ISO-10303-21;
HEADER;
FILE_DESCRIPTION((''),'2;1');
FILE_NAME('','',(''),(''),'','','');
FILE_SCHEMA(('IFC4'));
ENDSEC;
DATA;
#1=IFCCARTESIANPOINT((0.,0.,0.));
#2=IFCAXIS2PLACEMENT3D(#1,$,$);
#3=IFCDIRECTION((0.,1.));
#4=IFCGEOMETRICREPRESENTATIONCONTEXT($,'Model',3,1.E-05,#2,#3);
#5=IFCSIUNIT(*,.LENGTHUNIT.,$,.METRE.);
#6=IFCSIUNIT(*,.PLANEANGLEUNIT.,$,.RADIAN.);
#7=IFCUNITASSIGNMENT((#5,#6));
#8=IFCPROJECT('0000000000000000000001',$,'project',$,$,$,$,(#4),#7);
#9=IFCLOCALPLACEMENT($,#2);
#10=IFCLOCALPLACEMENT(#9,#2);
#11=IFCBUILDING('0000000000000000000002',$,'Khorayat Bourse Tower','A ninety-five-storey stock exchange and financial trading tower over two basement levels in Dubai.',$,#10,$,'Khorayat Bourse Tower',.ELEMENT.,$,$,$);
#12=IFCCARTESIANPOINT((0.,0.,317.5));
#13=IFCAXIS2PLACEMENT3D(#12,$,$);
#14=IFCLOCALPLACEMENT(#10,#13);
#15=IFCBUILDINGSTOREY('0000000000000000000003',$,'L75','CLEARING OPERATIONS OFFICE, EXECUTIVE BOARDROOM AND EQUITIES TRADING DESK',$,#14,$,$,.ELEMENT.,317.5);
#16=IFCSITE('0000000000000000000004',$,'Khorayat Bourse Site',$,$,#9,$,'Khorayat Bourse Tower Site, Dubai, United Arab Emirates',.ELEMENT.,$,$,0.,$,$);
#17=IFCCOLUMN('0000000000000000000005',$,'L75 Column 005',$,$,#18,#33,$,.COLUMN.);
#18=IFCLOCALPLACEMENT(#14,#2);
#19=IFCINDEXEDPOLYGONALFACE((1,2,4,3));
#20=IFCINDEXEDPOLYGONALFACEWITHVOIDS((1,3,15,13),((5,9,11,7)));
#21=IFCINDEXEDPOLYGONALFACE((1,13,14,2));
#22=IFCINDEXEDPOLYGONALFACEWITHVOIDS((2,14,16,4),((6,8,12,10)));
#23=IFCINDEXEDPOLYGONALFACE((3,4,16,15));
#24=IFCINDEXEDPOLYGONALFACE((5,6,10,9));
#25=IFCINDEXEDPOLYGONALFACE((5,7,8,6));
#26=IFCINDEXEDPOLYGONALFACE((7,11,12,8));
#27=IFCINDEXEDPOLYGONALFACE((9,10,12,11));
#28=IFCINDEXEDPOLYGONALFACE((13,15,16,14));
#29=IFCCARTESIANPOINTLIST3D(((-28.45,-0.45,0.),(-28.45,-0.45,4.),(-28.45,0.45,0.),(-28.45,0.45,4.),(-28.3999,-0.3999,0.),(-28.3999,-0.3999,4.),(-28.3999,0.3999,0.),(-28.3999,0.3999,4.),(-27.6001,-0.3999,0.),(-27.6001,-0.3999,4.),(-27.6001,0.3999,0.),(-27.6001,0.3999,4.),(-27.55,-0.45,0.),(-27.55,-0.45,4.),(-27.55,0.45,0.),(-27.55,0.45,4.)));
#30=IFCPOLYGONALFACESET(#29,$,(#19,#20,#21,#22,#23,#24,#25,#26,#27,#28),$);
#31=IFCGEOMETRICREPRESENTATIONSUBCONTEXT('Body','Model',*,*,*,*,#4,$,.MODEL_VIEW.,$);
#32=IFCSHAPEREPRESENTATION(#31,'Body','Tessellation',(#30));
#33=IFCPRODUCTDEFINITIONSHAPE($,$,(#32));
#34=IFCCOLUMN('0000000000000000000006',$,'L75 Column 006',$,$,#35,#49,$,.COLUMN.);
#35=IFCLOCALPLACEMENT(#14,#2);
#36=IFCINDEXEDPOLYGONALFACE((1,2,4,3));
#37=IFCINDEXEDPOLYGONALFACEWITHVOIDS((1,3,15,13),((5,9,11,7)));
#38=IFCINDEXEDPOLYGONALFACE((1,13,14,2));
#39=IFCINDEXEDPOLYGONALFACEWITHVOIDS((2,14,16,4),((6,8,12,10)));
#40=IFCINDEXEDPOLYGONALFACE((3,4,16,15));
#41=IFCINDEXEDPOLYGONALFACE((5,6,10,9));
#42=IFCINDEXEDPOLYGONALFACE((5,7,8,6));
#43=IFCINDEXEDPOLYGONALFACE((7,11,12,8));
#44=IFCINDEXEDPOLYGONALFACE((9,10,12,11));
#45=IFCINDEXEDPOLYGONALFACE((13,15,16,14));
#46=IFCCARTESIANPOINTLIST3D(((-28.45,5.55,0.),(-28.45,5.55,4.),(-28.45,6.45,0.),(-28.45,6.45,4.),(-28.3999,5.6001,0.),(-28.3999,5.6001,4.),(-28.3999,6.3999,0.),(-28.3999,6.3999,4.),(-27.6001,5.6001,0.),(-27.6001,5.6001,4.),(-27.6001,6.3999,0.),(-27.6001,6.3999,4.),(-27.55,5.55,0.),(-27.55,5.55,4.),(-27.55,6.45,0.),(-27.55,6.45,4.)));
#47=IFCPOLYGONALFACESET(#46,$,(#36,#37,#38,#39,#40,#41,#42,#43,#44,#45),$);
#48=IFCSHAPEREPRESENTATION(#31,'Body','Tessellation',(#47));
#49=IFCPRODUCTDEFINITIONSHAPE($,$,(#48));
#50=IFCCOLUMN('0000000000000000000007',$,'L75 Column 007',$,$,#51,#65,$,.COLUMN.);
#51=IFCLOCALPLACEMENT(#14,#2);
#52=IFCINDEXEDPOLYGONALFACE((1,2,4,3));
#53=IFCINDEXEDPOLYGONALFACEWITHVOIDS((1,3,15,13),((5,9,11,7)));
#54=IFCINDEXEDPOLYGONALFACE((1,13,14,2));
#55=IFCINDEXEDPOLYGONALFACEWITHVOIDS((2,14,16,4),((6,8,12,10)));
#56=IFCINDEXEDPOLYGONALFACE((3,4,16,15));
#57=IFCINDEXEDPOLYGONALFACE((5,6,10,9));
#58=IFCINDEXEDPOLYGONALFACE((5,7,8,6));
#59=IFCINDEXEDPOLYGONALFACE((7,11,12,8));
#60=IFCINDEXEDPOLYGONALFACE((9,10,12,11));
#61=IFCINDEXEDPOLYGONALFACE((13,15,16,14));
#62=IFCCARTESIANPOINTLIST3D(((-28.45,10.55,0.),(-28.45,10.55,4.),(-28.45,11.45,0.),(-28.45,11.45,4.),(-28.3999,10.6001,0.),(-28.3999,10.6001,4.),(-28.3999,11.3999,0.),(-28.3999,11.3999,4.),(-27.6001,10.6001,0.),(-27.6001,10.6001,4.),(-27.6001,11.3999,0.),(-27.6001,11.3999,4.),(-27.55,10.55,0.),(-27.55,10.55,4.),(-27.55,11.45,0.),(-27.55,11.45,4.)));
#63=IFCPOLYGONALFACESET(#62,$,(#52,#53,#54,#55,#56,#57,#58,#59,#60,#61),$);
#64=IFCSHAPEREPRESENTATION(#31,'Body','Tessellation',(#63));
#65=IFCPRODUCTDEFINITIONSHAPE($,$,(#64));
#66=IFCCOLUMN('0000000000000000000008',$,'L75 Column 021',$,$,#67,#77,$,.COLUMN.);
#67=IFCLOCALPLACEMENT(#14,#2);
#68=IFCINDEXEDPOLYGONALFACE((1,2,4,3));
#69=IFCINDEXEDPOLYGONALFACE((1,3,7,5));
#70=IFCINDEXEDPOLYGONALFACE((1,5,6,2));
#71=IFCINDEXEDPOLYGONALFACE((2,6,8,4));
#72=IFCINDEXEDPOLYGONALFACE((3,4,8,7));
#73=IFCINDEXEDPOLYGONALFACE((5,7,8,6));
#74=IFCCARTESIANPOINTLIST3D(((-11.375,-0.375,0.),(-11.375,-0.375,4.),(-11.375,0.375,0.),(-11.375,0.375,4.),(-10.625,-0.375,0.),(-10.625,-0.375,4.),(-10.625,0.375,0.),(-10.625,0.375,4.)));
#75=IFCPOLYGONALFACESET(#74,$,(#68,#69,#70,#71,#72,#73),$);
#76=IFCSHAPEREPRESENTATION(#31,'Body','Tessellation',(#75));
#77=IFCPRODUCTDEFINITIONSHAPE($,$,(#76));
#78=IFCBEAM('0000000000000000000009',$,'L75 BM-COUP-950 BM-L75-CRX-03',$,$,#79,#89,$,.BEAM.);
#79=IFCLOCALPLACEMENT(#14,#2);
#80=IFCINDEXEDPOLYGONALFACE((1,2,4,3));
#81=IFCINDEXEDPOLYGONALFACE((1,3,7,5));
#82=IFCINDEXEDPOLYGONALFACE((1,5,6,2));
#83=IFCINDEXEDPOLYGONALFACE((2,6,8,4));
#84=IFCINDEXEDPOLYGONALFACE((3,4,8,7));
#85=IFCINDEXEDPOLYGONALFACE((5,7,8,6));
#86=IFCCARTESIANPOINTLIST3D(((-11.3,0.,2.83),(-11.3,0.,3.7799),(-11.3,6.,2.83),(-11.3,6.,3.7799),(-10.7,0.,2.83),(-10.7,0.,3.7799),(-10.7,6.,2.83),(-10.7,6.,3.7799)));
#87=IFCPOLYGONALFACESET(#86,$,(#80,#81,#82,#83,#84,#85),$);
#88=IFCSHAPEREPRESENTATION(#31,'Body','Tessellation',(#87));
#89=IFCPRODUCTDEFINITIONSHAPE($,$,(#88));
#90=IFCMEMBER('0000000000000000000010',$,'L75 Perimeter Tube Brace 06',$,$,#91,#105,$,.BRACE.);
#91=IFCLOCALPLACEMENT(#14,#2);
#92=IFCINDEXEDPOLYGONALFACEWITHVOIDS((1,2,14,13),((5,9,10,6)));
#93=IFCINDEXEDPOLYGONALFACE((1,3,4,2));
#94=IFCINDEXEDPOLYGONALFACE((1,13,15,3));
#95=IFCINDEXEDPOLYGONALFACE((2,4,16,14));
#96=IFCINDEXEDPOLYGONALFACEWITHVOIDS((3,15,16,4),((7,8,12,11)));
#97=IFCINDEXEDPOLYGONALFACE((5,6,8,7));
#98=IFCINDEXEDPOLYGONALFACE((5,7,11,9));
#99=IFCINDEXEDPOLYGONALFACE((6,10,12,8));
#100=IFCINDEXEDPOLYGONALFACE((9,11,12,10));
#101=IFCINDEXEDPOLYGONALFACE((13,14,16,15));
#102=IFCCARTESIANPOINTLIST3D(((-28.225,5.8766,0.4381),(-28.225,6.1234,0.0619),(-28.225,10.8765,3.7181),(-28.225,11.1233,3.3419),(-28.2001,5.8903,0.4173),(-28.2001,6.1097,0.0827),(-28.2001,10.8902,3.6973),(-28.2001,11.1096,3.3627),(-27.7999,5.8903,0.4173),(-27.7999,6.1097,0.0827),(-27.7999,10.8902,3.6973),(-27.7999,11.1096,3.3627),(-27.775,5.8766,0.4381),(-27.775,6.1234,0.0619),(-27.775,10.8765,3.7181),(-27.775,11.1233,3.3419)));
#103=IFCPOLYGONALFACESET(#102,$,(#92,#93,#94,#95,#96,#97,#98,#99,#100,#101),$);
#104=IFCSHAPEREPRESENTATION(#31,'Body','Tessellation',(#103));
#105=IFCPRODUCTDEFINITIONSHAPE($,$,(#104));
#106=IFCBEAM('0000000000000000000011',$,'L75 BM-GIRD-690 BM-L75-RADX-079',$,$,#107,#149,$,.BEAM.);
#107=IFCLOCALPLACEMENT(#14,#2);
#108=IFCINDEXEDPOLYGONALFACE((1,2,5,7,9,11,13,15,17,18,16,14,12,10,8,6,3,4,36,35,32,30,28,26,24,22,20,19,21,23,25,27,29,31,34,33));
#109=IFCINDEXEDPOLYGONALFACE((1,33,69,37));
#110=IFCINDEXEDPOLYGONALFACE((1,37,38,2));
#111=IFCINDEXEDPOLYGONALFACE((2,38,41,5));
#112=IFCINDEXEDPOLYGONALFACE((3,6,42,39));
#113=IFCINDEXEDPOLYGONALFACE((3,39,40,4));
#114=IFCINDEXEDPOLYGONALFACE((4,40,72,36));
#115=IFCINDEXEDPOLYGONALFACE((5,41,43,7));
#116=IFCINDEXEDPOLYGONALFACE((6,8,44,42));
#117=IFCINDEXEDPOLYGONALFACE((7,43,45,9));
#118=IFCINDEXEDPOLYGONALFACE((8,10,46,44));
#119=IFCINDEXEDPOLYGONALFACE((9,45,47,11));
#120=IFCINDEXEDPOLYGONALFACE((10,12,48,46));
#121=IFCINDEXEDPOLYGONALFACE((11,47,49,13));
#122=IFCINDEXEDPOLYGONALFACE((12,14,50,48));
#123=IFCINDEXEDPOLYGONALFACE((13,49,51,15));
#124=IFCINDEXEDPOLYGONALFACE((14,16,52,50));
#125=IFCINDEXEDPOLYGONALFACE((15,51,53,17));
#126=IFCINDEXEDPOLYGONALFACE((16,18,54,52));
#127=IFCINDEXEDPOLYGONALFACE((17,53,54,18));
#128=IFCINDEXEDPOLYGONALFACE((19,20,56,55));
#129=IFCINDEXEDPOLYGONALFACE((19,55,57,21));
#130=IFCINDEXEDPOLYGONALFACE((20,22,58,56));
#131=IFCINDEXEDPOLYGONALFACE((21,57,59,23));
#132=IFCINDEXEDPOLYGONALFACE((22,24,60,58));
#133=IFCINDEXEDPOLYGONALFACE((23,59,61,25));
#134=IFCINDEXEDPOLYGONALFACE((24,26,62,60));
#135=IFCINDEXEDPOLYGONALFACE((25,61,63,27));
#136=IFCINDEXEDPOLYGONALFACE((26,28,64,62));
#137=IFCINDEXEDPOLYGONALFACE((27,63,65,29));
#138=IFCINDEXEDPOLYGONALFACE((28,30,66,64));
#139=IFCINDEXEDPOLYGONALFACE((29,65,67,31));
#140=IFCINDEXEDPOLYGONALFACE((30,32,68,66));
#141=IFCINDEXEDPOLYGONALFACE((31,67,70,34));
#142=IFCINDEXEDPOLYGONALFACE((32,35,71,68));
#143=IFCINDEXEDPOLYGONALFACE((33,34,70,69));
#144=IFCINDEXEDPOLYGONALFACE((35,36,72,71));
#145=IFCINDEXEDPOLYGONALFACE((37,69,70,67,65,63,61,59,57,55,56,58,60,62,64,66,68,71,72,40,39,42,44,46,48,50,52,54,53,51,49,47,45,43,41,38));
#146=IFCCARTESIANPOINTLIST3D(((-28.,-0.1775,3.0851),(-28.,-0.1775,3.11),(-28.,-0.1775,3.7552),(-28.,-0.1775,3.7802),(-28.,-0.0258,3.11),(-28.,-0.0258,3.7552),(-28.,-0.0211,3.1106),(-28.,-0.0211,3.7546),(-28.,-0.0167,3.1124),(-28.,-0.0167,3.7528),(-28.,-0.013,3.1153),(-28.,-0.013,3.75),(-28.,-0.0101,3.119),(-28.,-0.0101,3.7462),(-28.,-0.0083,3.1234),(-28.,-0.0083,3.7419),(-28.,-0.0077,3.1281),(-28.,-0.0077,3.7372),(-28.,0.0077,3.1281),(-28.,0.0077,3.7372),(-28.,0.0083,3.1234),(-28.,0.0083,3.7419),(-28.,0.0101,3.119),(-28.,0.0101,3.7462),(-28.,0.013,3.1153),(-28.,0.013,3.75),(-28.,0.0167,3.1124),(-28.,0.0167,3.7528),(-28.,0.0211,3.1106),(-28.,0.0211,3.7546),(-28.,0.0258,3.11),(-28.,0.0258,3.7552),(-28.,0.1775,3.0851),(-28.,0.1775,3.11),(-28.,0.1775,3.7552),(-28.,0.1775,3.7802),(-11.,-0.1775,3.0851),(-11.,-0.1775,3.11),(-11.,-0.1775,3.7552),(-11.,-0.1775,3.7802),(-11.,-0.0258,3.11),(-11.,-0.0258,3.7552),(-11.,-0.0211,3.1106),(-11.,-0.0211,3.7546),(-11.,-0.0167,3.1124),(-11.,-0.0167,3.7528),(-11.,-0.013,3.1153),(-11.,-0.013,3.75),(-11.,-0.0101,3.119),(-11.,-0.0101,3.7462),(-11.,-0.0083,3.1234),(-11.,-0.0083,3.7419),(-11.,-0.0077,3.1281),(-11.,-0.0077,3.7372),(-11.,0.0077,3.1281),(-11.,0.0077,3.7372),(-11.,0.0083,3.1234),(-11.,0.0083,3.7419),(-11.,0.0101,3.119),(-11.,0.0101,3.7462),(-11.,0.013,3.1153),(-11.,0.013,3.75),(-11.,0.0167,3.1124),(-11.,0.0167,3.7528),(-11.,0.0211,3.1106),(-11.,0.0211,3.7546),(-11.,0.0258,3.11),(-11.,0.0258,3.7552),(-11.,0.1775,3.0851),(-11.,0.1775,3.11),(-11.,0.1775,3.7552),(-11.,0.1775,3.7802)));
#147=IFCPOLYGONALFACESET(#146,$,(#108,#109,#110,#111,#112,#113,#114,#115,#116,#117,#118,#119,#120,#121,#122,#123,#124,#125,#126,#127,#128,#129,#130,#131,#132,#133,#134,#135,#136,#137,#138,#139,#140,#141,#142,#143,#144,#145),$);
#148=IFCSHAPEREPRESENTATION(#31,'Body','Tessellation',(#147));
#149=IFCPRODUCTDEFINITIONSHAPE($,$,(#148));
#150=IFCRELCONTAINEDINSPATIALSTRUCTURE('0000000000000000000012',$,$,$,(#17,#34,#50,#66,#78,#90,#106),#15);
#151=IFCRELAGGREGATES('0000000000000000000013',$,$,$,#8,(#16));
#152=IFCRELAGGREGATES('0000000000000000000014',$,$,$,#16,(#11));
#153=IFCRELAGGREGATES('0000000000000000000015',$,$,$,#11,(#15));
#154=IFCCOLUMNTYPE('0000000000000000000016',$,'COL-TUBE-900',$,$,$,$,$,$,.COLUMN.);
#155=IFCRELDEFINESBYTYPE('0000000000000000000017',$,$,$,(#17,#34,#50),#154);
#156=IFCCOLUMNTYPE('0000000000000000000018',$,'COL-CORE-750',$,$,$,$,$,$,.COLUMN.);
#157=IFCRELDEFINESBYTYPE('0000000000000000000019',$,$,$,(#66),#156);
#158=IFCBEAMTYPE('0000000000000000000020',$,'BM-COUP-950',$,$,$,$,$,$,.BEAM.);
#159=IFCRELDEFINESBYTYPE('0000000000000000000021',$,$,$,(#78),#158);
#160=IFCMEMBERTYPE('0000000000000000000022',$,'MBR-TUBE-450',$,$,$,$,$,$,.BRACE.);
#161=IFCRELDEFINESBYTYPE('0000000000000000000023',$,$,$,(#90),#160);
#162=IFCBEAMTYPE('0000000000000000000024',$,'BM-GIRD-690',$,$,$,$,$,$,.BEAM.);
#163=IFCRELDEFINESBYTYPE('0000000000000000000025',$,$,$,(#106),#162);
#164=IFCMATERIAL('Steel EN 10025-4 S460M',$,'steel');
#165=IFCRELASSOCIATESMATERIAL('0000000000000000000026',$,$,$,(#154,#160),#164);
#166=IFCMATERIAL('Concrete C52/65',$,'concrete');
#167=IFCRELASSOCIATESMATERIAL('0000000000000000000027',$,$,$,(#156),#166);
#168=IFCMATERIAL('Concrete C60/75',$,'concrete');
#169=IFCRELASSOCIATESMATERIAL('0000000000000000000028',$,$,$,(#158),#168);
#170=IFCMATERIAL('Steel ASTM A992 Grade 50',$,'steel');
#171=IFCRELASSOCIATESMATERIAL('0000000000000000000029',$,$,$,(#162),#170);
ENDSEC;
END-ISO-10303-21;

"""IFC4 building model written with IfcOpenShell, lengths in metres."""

from ifc_helpers import new_model, si_unit, direction, frame, origin, origin_2d, place, context, subcontext, project, spatial, rectangle, hollow_rectangle, i_section, extrude, source, transform, mapped, material, material_profile, profile_set, type_object, element, save


model = new_model("IFC4")

# Units and contexts
model_context = context("Model", 3, precision=1e-05, world=origin(), true_north=direction((0.0, 1.0)))
body_context = subcontext(model_context, "Body", "Model", "MODEL_VIEW")
ifc_project = project(units=[si_unit("LENGTHUNIT", "METRE"), si_unit("PLANEANGLEUNIT", "RADIAN")], contexts=[model_context])

# Site, building, storey
site_placement = place(None, origin())
site = spatial("IfcSite", under=ifc_project, at=site_placement, Name="Khorayat Bourse Site", LongName="Khorayat Bourse Tower Site, Dubai, United Arab Emirates", CompositionType="ELEMENT", RefElevation=0.0)
building_placement = place(site_placement, origin())
building = spatial("IfcBuilding", under=site, at=building_placement, Name="Khorayat Bourse Tower", Description="A ninety-five-storey stock exchange and financial trading tower over two basement levels in Dubai.", LongName="Khorayat Bourse Tower", CompositionType="ELEMENT")
storey_placement = place(building_placement, frame((0.0, 0.0, 317.5)))
storey = spatial("IfcBuildingStorey", under=building, at=storey_placement, Name="L75", Description="CLEARING OPERATIONS OFFICE, EXECUTIVE BOARDROOM AND EQUITIES TRADING DESK", CompositionType="ELEMENT", Elevation=317.5)

# Columns
ifc_material_1 = material(Name="Steel EN 10025-4 S460M", Category="steel")
ifc_material_profile_1 = material_profile(ifc_material_1, hollow_rectangle(XDim=0.8999, YDim=0.8999, WallThickness=0.05, at=origin_2d()), Name="BOX 900x900x50")
ifc_profile_set_1 = profile_set([ifc_material_profile_1], Name="Steel EN 10025-4 S460M")
column_type_1 = type_object("IfcColumnType", Name="COL-TUBE-900", PredefinedType="COLUMN", material=ifc_profile_set_1)
shared_shape_1 = source(origin(), body_context, "Body", "SweptSolid", [
    extrude(hollow_rectangle(XDim=0.8999, YDim=0.8999, WallThickness=0.05, at=origin_2d()), origin(), (0.0, 0.0, 1.0), 4.0),
])
for number, where, z_axis, x_axis, name in (
    (1, (-28.0, 0.0, 0.0), (0.0, 0.0, 1.0), (1.0, 0.0, 0.0), "L75 Column 005"),
    (2, (-28.0, 6.0, 0.0), (0.0, 0.0, 1.0), (1.0, 0.0, 0.0), "L75 Column 006"),
    (3, (-28.0, 11.0, 0.0), (0.0, 0.0, 1.0), (1.0, 0.0, 0.0), "L75 Column 007"),
):
    element("IfcColumn", number, at=place(storey_placement, frame(where, z_axis=z_axis, x_axis=x_axis)), inside=storey, type_object=column_type_1, Name=name, PredefinedType="COLUMN", context=body_context, shape_type="MappedRepresentation", body=[
        mapped(shared_shape_1, transform((0.0, 0.0, 0.0), scale=1.0)),
    ])
ifc_material_2 = material(Name="Concrete C52/65", Category="concrete")
ifc_material_profile_2 = material_profile(ifc_material_2, rectangle(XDim=0.75, YDim=0.75, at=origin_2d()), Name="RC 750x750")
ifc_profile_set_2 = profile_set([ifc_material_profile_2], Name="Concrete C52/65")
column_type_2 = type_object("IfcColumnType", Name="COL-CORE-750", PredefinedType="COLUMN", material=ifc_profile_set_2)
shared_shape_2 = source(origin(), body_context, "Body", "SweptSolid", [
    extrude(rectangle(XDim=0.75, YDim=0.75, at=origin_2d()), origin(), (0.0, 0.0, 1.0), 4.0),
])
column_placement = place(storey_placement, frame((-11.0, 0.0, 0.0), z_axis=(0.0, 0.0, 1.0), x_axis=(1.0, 0.0, 0.0)))
element("IfcColumn", 4, at=column_placement, inside=storey, type_object=column_type_2, Name="L75 Column 021", PredefinedType="COLUMN", context=body_context, shape_type="MappedRepresentation", body=[
    mapped(shared_shape_2, transform((0.0, 0.0, 0.0), scale=1.0)),
])

# Beam
ifc_material_3 = material(Name="Concrete C60/75", Category="concrete")
ifc_material_profile_3 = material_profile(ifc_material_3, rectangle(XDim=0.6001, YDim=0.95, at=origin_2d()), Name="RC 600x950")
ifc_profile_set_3 = profile_set([ifc_material_profile_3], Name="Concrete C60/75")
beam_type_1 = type_object("IfcBeamType", Name="BM-COUP-950", PredefinedType="BEAM", material=ifc_profile_set_3)
shared_shape_3 = source(origin(), body_context, "Body", "SweptSolid", [
    extrude(rectangle(XDim=0.6001, YDim=0.95, at=origin_2d()), origin(), (0.0, 0.0, 1.0), 6.0),
])
beam_1_placement = place(storey_placement, frame((-11.0, 0.0, 3.3049), z_axis=(0.0, 1.0, 0.0), x_axis=(-1.0, 0.0, 0.0)))
element("IfcBeam", 5, at=beam_1_placement, inside=storey, type_object=beam_type_1, Name="L75 BM-COUP-950 BM-L75-CRX-03", PredefinedType="BEAM", context=body_context, shape_type="MappedRepresentation", body=[
    mapped(shared_shape_3, transform((0.0, 0.0, 0.0), scale=1.0)),
])

# Member
ifc_material_profile_4 = material_profile(ifc_material_1, hollow_rectangle(XDim=0.45, YDim=0.45, WallThickness=0.0249, at=origin_2d()), Name="HSS 450x450x25")
ifc_profile_set_4 = profile_set([ifc_material_profile_4], Name="Steel EN 10025-4 S460M")
member_type_1 = type_object("IfcMemberType", Name="MBR-TUBE-450", PredefinedType="BRACE", material=ifc_profile_set_4)
shared_shape_4 = source(origin(), body_context, "Body", "SweptSolid", [
    extrude(hollow_rectangle(XDim=0.45, YDim=0.45, WallThickness=0.0249, at=origin_2d()), origin(), (0.0, 0.0, 1.0), 5.9797),
])
member_1_placement = place(storey_placement, frame((-28.0, 6.0, 0.25), z_axis=(0.0, 0.836142, 0.548514), x_axis=(-1.0, 0.0, 0.0)))
element("IfcMember", 6, at=member_1_placement, inside=storey, type_object=member_type_1, Name="L75 Perimeter Tube Brace 06", PredefinedType="BRACE", context=body_context, shape_type="MappedRepresentation", body=[
    mapped(shared_shape_4, transform((0.0, 0.0, 0.0), scale=1.0)),
])

# Beam
ifc_material_4 = material(Name="Steel ASTM A992 Grade 50", Category="steel")
ifc_material_profile_5 = material_profile(ifc_material_4, i_section(OverallWidth=0.355, OverallDepth=0.6951, WebThickness=0.0154, FlangeThickness=0.0249, FilletRadius=0.0181, at=origin_2d()), Name="W690X217")
ifc_profile_set_5 = profile_set([ifc_material_profile_5], Name="Steel ASTM A992 Grade 50")
beam_type_2 = type_object("IfcBeamType", Name="BM-GIRD-690", PredefinedType="BEAM", material=ifc_profile_set_5)
shared_shape_5 = source(origin(), body_context, "Body", "SweptSolid", [
    extrude(i_section(OverallWidth=0.355, OverallDepth=0.6951, WebThickness=0.0154, FlangeThickness=0.0249, FilletRadius=0.0181, at=origin_2d()), origin(), (0.0, 0.0, 1.0), 17.0),
])
for number, where, z_axis, x_axis, name in (
    (7, (-28.0, 0.0, 3.4326), (1.0, 0.0, 0.0), (0.0, 1.0, 0.0), "L75 BM-GIRD-690 BM-L75-RADX-079"),
):
    element("IfcBeam", number, at=place(storey_placement, frame(where, z_axis=z_axis, x_axis=x_axis)), inside=storey, type_object=beam_type_2, Name=name, PredefinedType="BEAM", context=body_context, shape_type="MappedRepresentation", body=[
        mapped(shared_shape_5, transform((0.0, 0.0, 0.0), scale=1.0)),
    ])

save(model, "model.ifc")
